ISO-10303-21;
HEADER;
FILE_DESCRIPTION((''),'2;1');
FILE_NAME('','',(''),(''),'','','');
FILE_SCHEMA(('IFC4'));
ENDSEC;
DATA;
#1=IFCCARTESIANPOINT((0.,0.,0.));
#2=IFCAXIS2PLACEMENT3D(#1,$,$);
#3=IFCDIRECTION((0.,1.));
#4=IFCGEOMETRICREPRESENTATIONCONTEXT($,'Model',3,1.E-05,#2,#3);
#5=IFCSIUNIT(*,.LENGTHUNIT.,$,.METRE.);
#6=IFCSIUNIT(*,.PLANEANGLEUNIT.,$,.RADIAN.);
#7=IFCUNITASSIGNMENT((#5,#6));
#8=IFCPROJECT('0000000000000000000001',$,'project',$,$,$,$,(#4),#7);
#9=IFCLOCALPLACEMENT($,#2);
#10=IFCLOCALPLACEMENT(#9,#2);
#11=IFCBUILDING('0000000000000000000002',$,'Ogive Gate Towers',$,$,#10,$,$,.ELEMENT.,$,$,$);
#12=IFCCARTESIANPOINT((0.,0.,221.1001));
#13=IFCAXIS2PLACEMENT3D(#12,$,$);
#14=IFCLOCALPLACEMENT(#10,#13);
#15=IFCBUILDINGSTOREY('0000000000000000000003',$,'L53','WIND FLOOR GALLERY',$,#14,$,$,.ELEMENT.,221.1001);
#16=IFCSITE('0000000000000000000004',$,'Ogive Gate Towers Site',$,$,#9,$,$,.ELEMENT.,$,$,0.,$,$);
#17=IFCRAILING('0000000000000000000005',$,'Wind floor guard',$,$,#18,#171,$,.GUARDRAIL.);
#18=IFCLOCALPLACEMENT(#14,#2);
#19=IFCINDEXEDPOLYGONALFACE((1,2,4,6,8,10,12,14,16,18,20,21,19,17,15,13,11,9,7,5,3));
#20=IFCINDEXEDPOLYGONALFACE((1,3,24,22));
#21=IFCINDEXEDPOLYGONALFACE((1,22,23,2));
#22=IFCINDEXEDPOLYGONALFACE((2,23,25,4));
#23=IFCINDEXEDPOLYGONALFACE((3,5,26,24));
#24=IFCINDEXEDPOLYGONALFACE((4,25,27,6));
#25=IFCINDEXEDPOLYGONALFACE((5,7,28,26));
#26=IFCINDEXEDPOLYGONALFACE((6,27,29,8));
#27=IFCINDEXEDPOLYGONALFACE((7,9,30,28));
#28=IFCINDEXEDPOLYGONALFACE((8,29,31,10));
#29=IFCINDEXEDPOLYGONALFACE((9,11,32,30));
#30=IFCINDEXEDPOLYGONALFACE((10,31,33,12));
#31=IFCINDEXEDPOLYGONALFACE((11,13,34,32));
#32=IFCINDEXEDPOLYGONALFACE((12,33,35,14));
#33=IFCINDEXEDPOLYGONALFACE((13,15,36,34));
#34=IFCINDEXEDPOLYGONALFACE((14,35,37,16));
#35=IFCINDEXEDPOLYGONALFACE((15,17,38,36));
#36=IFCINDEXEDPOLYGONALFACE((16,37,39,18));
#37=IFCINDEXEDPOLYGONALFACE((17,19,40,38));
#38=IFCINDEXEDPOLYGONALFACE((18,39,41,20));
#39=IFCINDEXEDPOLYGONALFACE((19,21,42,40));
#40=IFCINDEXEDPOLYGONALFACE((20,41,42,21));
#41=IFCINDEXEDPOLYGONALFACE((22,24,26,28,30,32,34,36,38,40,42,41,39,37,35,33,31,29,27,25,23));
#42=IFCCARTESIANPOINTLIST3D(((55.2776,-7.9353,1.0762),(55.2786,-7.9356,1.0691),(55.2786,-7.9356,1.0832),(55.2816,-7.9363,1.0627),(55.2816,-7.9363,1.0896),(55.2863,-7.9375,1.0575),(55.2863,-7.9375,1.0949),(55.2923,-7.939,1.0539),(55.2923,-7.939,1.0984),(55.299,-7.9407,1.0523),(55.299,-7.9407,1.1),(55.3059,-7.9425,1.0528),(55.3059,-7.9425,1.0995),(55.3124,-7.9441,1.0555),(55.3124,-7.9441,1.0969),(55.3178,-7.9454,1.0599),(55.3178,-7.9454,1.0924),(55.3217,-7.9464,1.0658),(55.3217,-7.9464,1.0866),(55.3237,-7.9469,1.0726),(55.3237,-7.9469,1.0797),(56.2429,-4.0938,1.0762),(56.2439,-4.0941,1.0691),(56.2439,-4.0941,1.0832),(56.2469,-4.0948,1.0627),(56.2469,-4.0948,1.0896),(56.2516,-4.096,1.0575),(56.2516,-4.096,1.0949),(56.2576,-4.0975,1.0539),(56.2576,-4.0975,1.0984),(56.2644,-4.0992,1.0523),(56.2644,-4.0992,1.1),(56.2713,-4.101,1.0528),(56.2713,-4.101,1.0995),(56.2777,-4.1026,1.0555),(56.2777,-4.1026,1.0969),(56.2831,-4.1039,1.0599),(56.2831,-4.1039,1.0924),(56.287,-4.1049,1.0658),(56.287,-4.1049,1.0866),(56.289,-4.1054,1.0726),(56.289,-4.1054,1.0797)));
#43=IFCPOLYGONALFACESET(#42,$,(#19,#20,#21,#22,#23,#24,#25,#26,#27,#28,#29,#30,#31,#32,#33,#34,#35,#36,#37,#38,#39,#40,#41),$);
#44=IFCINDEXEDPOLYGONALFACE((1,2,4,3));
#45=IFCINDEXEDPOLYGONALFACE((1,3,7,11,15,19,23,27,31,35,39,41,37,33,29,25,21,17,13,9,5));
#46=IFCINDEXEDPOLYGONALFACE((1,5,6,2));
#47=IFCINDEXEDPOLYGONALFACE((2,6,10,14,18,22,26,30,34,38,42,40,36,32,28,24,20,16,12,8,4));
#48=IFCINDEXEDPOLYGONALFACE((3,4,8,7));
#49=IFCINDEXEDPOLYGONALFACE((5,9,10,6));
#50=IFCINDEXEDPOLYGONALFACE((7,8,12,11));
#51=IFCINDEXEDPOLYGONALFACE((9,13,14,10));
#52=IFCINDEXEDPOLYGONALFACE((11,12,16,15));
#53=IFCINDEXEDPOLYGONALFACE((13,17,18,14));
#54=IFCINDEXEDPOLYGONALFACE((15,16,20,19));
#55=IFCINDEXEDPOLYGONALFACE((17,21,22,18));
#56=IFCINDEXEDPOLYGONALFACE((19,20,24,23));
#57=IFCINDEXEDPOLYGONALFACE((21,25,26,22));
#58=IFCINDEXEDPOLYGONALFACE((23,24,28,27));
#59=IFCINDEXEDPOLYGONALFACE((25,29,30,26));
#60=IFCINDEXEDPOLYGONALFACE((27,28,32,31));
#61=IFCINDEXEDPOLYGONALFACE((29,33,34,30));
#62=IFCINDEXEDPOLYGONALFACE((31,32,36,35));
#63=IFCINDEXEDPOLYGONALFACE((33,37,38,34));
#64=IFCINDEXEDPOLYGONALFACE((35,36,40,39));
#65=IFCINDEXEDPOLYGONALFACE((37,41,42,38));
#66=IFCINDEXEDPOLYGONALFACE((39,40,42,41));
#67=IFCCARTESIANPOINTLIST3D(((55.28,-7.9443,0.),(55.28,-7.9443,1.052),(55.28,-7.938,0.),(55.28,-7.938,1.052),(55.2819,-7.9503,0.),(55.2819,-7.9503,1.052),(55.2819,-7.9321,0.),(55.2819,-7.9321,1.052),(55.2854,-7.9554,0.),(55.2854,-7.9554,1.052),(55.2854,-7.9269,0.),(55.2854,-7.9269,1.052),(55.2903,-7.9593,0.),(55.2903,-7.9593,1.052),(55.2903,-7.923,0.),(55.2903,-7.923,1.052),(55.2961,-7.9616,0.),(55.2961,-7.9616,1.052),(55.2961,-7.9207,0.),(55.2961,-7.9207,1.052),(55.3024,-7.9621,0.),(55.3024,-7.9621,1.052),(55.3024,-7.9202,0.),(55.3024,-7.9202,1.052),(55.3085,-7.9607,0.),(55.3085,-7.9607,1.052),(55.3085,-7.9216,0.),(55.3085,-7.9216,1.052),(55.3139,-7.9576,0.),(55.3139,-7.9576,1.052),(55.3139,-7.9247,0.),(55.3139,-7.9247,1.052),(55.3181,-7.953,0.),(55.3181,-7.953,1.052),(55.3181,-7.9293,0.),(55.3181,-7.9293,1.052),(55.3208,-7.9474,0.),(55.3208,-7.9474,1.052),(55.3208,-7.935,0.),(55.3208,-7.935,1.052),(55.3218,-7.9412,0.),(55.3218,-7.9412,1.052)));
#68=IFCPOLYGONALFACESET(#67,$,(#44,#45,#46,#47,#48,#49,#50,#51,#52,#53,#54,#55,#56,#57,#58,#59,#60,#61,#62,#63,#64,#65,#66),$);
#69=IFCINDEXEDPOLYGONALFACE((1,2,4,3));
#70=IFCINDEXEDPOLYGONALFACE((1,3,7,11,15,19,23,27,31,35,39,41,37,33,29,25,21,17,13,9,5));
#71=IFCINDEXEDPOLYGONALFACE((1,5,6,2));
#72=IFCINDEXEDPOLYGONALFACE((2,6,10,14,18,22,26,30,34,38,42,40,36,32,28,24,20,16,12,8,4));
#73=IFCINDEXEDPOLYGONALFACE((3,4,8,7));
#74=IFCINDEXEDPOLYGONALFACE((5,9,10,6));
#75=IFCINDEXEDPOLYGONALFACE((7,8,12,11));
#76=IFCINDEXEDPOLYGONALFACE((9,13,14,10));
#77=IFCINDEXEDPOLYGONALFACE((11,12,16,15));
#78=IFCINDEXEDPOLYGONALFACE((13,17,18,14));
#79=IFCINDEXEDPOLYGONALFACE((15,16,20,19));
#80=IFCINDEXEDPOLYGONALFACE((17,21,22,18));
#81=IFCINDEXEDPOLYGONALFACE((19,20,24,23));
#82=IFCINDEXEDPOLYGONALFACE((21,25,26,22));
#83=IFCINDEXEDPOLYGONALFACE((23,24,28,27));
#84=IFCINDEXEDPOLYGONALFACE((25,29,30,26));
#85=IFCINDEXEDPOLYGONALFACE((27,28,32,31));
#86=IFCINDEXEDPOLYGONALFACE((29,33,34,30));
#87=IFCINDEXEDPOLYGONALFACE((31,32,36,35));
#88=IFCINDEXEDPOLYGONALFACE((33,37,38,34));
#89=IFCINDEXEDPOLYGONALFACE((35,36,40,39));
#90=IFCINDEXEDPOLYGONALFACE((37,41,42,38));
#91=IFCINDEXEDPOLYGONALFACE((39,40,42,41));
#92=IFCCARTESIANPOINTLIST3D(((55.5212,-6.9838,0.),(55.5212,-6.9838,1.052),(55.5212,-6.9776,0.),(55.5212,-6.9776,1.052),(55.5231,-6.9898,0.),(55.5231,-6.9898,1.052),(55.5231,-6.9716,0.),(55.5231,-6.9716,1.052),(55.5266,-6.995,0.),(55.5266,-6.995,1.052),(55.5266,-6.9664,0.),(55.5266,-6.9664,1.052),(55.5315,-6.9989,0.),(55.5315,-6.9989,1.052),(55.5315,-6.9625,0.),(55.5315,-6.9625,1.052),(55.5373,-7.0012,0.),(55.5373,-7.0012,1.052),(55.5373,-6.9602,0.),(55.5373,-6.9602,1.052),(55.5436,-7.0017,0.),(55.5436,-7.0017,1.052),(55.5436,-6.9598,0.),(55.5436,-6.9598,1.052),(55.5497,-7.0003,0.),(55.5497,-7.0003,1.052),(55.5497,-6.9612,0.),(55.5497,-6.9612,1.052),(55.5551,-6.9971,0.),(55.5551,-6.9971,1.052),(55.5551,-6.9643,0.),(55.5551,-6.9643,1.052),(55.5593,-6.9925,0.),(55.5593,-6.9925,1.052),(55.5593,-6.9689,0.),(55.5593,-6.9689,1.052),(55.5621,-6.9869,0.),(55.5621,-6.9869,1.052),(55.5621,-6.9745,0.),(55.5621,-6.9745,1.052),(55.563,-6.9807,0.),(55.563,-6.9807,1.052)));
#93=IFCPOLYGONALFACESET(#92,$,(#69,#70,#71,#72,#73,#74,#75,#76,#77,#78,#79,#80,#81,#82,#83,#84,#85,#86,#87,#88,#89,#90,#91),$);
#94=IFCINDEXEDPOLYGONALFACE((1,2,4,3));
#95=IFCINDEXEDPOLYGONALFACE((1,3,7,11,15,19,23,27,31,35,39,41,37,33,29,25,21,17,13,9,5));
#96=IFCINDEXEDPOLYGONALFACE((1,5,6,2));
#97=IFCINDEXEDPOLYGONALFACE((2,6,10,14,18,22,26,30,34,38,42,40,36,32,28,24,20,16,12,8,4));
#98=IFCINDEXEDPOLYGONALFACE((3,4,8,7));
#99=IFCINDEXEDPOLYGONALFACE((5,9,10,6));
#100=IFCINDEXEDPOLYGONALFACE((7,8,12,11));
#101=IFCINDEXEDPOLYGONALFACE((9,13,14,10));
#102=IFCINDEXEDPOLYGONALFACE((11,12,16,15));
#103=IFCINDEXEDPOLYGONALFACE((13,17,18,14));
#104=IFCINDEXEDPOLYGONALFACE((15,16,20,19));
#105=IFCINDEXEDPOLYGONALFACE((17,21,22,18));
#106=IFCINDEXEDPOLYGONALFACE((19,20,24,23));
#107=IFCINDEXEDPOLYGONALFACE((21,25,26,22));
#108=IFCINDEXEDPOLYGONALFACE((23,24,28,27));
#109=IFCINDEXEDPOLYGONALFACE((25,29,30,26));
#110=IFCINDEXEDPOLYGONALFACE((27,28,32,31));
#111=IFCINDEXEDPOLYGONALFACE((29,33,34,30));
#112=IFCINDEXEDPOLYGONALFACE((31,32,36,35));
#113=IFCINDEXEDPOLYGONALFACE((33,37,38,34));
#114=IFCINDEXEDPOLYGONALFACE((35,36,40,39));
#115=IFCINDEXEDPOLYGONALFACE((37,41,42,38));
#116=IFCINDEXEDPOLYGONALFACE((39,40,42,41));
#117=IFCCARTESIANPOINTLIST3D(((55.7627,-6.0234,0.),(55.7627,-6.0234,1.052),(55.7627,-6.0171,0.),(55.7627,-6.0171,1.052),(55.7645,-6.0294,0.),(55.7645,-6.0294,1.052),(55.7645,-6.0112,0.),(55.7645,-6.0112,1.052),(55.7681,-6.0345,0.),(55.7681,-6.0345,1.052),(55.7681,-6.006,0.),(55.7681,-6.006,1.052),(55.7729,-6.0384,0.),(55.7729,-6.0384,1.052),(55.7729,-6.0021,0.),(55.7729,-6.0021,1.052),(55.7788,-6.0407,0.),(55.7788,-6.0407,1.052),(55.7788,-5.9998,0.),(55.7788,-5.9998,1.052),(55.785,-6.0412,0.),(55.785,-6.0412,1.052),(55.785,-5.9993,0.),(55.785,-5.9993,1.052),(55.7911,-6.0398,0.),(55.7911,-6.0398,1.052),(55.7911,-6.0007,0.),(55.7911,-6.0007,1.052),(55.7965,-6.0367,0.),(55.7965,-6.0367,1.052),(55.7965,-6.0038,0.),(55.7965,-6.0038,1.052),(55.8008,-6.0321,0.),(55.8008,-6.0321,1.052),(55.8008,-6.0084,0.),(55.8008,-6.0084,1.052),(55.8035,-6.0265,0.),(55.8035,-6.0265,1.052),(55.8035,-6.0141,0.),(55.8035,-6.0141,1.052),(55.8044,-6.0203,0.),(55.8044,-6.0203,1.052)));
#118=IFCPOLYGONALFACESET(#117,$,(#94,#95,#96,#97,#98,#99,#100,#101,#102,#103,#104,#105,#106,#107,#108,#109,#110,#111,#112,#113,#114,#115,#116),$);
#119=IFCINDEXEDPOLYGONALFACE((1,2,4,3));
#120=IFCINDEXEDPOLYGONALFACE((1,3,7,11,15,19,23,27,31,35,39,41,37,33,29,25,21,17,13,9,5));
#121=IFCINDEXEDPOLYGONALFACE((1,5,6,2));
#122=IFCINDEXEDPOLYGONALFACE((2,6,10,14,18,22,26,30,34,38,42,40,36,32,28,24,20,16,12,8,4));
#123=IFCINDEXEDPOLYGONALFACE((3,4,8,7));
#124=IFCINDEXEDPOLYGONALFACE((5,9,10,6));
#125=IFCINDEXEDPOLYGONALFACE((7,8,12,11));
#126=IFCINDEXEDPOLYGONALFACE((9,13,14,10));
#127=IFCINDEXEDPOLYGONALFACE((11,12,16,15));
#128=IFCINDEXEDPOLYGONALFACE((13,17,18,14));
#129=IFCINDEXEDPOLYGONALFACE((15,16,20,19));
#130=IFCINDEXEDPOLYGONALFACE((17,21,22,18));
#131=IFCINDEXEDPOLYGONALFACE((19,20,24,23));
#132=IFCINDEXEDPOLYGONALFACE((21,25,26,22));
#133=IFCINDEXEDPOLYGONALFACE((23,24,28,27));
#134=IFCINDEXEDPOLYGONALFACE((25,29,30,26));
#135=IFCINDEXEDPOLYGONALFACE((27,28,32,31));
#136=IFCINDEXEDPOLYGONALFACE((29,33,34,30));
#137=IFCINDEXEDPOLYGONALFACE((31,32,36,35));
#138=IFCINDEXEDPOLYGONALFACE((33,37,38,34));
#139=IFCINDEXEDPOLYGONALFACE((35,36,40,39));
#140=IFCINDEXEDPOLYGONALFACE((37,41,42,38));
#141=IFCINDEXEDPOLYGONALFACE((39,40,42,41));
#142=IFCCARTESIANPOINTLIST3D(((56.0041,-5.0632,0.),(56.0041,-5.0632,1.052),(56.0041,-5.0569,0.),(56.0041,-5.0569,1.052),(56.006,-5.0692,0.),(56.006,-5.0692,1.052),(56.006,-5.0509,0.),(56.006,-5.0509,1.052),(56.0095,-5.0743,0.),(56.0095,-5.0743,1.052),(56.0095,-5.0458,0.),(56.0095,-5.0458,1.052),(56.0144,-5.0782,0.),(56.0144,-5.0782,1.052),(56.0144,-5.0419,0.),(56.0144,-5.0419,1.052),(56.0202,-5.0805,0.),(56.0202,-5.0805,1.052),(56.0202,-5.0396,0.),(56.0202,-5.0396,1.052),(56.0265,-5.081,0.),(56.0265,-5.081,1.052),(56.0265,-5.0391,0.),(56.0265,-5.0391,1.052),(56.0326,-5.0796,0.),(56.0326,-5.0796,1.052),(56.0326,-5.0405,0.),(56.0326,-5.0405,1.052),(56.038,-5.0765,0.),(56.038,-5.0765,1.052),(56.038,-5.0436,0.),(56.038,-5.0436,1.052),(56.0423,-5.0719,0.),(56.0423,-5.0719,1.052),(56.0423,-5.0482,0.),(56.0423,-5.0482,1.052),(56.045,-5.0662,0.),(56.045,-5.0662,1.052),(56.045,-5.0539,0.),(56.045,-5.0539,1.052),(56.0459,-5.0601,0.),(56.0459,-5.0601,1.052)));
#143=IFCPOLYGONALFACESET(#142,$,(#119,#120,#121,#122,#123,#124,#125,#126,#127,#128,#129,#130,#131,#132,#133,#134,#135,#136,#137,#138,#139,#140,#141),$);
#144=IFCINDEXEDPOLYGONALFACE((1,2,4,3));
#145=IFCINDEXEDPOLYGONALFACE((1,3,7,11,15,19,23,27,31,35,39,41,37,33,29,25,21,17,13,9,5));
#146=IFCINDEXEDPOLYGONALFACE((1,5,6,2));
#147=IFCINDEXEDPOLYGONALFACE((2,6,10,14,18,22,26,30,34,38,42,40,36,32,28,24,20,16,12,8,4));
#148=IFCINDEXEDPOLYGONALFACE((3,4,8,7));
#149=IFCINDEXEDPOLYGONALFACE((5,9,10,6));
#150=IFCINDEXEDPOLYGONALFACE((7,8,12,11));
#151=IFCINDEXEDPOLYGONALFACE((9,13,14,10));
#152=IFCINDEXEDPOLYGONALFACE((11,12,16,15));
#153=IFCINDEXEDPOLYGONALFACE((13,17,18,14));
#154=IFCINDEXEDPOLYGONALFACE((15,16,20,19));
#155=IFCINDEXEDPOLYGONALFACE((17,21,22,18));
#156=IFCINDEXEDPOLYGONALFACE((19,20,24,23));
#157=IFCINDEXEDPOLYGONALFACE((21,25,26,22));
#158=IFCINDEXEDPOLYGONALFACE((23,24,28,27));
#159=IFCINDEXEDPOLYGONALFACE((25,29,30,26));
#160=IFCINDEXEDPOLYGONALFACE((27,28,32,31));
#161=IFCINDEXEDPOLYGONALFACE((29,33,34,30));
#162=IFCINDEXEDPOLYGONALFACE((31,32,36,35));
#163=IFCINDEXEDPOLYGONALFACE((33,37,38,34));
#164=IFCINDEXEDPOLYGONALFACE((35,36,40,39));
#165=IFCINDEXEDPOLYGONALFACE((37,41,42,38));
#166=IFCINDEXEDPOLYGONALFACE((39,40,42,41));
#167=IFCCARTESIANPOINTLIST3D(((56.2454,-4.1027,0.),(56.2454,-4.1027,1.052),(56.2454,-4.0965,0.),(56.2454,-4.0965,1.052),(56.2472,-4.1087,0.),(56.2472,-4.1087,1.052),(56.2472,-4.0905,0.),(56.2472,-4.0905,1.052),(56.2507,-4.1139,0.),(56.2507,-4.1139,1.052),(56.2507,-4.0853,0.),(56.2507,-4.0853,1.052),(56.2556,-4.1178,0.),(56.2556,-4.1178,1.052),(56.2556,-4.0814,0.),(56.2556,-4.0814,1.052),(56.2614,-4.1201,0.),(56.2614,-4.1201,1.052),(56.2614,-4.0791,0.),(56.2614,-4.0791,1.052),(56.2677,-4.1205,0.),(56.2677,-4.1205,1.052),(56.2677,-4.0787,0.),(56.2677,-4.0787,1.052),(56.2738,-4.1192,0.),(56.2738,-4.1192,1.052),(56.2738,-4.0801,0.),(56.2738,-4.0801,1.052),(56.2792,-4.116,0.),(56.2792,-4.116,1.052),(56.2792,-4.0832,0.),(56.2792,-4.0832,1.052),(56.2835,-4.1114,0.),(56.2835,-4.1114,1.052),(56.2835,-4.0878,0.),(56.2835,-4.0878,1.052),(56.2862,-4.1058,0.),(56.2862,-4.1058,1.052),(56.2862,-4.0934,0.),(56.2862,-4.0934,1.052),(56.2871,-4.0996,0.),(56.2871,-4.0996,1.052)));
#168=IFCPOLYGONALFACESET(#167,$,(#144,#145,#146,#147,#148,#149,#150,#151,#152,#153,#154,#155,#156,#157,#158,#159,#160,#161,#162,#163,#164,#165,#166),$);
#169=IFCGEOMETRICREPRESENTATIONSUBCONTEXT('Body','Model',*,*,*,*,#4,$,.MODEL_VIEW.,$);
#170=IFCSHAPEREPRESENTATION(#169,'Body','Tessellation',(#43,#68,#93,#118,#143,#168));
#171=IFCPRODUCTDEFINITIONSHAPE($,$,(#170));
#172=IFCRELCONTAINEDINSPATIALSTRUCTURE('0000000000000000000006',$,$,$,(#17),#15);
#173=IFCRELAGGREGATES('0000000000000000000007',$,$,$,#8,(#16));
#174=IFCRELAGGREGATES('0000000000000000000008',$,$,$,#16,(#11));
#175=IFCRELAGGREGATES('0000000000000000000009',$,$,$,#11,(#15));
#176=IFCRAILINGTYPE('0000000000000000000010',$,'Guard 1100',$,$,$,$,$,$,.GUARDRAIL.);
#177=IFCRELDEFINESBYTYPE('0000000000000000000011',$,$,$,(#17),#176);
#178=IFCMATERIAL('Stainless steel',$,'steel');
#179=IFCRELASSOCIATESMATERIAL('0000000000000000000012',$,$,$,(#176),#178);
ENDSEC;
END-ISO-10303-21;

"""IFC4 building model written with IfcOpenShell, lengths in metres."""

from ifc_helpers import new_model, si_unit, direction, frame, origin, origin_2d, place, context, subcontext, project, spatial, circle, extrude, material, type_object, element, save


model = new_model("IFC4")

# Units and contexts
model_context = context("Model", 3, precision=1e-05, world=origin(), true_north=direction((0.0, 1.0)))
body_context = subcontext(model_context, "Body", "Model", "MODEL_VIEW")
ifc_project = project(units=[si_unit("LENGTHUNIT", "METRE"), si_unit("PLANEANGLEUNIT", "RADIAN")], contexts=[model_context])

# Site, building, storey
site_placement = place(None, origin())
site = spatial("IfcSite", under=ifc_project, at=site_placement, Name="Ogive Gate Towers Site", CompositionType="ELEMENT", RefElevation=0.0)
building_placement = place(site_placement, origin())
building = spatial("IfcBuilding", under=site, at=building_placement, Name="Ogive Gate Towers", CompositionType="ELEMENT")
storey_placement = place(building_placement, frame((0.0, 0.0, 221.1001)))
storey = spatial("IfcBuildingStorey", under=building, at=storey_placement, Name="L53", Description="WIND FLOOR GALLERY", CompositionType="ELEMENT", Elevation=221.1001)

# Railing
ifc_material_1 = material(Name="Stainless steel", Category="steel")
railing_type_1 = type_object("IfcRailingType", Name="Guard 1100", PredefinedType="GUARDRAIL", material=ifc_material_1)
railing_1_placement = place(storey_placement, frame((55.3008, -7.9412, 0.0)))
element("IfcRailing", 1, at=railing_1_placement, inside=storey, type_object=railing_type_1, Name="Wind floor guard", PredefinedType="GUARDRAIL", context=body_context, shape_type="SweptSolid", body=[
    extrude(circle(Radius=0.0239, at=origin_2d()), frame((0.0, 0.0, 1.0762), z_axis=(0.24371, 0.969848, 0.0), x_axis=(-0.969848, 0.24371, 0.0)), (0.0, 0.0, 1.0), 3.9609),
    extrude(circle(Radius=0.021, at=origin_2d()), origin(), (0.0, 0.0, 1.0), 1.052),
    extrude(circle(Radius=0.021, at=origin_2d()), frame((0.2412, 0.9604, 0.0)), (0.0, 0.0, 1.0), 1.052),
    extrude(circle(Radius=0.021, at=origin_2d()), frame((0.4827, 1.9209, 0.0)), (0.0, 0.0, 1.0), 1.052),
    extrude(circle(Radius=0.021, at=origin_2d()), frame((0.7241, 2.8811, 0.0)), (0.0, 0.0, 1.0), 1.052),
    extrude(circle(Radius=0.021, at=origin_2d()), frame((0.9653, 3.8416, 0.0)), (0.0, 0.0, 1.0), 1.052),
])

save(model, "model.ifc")
